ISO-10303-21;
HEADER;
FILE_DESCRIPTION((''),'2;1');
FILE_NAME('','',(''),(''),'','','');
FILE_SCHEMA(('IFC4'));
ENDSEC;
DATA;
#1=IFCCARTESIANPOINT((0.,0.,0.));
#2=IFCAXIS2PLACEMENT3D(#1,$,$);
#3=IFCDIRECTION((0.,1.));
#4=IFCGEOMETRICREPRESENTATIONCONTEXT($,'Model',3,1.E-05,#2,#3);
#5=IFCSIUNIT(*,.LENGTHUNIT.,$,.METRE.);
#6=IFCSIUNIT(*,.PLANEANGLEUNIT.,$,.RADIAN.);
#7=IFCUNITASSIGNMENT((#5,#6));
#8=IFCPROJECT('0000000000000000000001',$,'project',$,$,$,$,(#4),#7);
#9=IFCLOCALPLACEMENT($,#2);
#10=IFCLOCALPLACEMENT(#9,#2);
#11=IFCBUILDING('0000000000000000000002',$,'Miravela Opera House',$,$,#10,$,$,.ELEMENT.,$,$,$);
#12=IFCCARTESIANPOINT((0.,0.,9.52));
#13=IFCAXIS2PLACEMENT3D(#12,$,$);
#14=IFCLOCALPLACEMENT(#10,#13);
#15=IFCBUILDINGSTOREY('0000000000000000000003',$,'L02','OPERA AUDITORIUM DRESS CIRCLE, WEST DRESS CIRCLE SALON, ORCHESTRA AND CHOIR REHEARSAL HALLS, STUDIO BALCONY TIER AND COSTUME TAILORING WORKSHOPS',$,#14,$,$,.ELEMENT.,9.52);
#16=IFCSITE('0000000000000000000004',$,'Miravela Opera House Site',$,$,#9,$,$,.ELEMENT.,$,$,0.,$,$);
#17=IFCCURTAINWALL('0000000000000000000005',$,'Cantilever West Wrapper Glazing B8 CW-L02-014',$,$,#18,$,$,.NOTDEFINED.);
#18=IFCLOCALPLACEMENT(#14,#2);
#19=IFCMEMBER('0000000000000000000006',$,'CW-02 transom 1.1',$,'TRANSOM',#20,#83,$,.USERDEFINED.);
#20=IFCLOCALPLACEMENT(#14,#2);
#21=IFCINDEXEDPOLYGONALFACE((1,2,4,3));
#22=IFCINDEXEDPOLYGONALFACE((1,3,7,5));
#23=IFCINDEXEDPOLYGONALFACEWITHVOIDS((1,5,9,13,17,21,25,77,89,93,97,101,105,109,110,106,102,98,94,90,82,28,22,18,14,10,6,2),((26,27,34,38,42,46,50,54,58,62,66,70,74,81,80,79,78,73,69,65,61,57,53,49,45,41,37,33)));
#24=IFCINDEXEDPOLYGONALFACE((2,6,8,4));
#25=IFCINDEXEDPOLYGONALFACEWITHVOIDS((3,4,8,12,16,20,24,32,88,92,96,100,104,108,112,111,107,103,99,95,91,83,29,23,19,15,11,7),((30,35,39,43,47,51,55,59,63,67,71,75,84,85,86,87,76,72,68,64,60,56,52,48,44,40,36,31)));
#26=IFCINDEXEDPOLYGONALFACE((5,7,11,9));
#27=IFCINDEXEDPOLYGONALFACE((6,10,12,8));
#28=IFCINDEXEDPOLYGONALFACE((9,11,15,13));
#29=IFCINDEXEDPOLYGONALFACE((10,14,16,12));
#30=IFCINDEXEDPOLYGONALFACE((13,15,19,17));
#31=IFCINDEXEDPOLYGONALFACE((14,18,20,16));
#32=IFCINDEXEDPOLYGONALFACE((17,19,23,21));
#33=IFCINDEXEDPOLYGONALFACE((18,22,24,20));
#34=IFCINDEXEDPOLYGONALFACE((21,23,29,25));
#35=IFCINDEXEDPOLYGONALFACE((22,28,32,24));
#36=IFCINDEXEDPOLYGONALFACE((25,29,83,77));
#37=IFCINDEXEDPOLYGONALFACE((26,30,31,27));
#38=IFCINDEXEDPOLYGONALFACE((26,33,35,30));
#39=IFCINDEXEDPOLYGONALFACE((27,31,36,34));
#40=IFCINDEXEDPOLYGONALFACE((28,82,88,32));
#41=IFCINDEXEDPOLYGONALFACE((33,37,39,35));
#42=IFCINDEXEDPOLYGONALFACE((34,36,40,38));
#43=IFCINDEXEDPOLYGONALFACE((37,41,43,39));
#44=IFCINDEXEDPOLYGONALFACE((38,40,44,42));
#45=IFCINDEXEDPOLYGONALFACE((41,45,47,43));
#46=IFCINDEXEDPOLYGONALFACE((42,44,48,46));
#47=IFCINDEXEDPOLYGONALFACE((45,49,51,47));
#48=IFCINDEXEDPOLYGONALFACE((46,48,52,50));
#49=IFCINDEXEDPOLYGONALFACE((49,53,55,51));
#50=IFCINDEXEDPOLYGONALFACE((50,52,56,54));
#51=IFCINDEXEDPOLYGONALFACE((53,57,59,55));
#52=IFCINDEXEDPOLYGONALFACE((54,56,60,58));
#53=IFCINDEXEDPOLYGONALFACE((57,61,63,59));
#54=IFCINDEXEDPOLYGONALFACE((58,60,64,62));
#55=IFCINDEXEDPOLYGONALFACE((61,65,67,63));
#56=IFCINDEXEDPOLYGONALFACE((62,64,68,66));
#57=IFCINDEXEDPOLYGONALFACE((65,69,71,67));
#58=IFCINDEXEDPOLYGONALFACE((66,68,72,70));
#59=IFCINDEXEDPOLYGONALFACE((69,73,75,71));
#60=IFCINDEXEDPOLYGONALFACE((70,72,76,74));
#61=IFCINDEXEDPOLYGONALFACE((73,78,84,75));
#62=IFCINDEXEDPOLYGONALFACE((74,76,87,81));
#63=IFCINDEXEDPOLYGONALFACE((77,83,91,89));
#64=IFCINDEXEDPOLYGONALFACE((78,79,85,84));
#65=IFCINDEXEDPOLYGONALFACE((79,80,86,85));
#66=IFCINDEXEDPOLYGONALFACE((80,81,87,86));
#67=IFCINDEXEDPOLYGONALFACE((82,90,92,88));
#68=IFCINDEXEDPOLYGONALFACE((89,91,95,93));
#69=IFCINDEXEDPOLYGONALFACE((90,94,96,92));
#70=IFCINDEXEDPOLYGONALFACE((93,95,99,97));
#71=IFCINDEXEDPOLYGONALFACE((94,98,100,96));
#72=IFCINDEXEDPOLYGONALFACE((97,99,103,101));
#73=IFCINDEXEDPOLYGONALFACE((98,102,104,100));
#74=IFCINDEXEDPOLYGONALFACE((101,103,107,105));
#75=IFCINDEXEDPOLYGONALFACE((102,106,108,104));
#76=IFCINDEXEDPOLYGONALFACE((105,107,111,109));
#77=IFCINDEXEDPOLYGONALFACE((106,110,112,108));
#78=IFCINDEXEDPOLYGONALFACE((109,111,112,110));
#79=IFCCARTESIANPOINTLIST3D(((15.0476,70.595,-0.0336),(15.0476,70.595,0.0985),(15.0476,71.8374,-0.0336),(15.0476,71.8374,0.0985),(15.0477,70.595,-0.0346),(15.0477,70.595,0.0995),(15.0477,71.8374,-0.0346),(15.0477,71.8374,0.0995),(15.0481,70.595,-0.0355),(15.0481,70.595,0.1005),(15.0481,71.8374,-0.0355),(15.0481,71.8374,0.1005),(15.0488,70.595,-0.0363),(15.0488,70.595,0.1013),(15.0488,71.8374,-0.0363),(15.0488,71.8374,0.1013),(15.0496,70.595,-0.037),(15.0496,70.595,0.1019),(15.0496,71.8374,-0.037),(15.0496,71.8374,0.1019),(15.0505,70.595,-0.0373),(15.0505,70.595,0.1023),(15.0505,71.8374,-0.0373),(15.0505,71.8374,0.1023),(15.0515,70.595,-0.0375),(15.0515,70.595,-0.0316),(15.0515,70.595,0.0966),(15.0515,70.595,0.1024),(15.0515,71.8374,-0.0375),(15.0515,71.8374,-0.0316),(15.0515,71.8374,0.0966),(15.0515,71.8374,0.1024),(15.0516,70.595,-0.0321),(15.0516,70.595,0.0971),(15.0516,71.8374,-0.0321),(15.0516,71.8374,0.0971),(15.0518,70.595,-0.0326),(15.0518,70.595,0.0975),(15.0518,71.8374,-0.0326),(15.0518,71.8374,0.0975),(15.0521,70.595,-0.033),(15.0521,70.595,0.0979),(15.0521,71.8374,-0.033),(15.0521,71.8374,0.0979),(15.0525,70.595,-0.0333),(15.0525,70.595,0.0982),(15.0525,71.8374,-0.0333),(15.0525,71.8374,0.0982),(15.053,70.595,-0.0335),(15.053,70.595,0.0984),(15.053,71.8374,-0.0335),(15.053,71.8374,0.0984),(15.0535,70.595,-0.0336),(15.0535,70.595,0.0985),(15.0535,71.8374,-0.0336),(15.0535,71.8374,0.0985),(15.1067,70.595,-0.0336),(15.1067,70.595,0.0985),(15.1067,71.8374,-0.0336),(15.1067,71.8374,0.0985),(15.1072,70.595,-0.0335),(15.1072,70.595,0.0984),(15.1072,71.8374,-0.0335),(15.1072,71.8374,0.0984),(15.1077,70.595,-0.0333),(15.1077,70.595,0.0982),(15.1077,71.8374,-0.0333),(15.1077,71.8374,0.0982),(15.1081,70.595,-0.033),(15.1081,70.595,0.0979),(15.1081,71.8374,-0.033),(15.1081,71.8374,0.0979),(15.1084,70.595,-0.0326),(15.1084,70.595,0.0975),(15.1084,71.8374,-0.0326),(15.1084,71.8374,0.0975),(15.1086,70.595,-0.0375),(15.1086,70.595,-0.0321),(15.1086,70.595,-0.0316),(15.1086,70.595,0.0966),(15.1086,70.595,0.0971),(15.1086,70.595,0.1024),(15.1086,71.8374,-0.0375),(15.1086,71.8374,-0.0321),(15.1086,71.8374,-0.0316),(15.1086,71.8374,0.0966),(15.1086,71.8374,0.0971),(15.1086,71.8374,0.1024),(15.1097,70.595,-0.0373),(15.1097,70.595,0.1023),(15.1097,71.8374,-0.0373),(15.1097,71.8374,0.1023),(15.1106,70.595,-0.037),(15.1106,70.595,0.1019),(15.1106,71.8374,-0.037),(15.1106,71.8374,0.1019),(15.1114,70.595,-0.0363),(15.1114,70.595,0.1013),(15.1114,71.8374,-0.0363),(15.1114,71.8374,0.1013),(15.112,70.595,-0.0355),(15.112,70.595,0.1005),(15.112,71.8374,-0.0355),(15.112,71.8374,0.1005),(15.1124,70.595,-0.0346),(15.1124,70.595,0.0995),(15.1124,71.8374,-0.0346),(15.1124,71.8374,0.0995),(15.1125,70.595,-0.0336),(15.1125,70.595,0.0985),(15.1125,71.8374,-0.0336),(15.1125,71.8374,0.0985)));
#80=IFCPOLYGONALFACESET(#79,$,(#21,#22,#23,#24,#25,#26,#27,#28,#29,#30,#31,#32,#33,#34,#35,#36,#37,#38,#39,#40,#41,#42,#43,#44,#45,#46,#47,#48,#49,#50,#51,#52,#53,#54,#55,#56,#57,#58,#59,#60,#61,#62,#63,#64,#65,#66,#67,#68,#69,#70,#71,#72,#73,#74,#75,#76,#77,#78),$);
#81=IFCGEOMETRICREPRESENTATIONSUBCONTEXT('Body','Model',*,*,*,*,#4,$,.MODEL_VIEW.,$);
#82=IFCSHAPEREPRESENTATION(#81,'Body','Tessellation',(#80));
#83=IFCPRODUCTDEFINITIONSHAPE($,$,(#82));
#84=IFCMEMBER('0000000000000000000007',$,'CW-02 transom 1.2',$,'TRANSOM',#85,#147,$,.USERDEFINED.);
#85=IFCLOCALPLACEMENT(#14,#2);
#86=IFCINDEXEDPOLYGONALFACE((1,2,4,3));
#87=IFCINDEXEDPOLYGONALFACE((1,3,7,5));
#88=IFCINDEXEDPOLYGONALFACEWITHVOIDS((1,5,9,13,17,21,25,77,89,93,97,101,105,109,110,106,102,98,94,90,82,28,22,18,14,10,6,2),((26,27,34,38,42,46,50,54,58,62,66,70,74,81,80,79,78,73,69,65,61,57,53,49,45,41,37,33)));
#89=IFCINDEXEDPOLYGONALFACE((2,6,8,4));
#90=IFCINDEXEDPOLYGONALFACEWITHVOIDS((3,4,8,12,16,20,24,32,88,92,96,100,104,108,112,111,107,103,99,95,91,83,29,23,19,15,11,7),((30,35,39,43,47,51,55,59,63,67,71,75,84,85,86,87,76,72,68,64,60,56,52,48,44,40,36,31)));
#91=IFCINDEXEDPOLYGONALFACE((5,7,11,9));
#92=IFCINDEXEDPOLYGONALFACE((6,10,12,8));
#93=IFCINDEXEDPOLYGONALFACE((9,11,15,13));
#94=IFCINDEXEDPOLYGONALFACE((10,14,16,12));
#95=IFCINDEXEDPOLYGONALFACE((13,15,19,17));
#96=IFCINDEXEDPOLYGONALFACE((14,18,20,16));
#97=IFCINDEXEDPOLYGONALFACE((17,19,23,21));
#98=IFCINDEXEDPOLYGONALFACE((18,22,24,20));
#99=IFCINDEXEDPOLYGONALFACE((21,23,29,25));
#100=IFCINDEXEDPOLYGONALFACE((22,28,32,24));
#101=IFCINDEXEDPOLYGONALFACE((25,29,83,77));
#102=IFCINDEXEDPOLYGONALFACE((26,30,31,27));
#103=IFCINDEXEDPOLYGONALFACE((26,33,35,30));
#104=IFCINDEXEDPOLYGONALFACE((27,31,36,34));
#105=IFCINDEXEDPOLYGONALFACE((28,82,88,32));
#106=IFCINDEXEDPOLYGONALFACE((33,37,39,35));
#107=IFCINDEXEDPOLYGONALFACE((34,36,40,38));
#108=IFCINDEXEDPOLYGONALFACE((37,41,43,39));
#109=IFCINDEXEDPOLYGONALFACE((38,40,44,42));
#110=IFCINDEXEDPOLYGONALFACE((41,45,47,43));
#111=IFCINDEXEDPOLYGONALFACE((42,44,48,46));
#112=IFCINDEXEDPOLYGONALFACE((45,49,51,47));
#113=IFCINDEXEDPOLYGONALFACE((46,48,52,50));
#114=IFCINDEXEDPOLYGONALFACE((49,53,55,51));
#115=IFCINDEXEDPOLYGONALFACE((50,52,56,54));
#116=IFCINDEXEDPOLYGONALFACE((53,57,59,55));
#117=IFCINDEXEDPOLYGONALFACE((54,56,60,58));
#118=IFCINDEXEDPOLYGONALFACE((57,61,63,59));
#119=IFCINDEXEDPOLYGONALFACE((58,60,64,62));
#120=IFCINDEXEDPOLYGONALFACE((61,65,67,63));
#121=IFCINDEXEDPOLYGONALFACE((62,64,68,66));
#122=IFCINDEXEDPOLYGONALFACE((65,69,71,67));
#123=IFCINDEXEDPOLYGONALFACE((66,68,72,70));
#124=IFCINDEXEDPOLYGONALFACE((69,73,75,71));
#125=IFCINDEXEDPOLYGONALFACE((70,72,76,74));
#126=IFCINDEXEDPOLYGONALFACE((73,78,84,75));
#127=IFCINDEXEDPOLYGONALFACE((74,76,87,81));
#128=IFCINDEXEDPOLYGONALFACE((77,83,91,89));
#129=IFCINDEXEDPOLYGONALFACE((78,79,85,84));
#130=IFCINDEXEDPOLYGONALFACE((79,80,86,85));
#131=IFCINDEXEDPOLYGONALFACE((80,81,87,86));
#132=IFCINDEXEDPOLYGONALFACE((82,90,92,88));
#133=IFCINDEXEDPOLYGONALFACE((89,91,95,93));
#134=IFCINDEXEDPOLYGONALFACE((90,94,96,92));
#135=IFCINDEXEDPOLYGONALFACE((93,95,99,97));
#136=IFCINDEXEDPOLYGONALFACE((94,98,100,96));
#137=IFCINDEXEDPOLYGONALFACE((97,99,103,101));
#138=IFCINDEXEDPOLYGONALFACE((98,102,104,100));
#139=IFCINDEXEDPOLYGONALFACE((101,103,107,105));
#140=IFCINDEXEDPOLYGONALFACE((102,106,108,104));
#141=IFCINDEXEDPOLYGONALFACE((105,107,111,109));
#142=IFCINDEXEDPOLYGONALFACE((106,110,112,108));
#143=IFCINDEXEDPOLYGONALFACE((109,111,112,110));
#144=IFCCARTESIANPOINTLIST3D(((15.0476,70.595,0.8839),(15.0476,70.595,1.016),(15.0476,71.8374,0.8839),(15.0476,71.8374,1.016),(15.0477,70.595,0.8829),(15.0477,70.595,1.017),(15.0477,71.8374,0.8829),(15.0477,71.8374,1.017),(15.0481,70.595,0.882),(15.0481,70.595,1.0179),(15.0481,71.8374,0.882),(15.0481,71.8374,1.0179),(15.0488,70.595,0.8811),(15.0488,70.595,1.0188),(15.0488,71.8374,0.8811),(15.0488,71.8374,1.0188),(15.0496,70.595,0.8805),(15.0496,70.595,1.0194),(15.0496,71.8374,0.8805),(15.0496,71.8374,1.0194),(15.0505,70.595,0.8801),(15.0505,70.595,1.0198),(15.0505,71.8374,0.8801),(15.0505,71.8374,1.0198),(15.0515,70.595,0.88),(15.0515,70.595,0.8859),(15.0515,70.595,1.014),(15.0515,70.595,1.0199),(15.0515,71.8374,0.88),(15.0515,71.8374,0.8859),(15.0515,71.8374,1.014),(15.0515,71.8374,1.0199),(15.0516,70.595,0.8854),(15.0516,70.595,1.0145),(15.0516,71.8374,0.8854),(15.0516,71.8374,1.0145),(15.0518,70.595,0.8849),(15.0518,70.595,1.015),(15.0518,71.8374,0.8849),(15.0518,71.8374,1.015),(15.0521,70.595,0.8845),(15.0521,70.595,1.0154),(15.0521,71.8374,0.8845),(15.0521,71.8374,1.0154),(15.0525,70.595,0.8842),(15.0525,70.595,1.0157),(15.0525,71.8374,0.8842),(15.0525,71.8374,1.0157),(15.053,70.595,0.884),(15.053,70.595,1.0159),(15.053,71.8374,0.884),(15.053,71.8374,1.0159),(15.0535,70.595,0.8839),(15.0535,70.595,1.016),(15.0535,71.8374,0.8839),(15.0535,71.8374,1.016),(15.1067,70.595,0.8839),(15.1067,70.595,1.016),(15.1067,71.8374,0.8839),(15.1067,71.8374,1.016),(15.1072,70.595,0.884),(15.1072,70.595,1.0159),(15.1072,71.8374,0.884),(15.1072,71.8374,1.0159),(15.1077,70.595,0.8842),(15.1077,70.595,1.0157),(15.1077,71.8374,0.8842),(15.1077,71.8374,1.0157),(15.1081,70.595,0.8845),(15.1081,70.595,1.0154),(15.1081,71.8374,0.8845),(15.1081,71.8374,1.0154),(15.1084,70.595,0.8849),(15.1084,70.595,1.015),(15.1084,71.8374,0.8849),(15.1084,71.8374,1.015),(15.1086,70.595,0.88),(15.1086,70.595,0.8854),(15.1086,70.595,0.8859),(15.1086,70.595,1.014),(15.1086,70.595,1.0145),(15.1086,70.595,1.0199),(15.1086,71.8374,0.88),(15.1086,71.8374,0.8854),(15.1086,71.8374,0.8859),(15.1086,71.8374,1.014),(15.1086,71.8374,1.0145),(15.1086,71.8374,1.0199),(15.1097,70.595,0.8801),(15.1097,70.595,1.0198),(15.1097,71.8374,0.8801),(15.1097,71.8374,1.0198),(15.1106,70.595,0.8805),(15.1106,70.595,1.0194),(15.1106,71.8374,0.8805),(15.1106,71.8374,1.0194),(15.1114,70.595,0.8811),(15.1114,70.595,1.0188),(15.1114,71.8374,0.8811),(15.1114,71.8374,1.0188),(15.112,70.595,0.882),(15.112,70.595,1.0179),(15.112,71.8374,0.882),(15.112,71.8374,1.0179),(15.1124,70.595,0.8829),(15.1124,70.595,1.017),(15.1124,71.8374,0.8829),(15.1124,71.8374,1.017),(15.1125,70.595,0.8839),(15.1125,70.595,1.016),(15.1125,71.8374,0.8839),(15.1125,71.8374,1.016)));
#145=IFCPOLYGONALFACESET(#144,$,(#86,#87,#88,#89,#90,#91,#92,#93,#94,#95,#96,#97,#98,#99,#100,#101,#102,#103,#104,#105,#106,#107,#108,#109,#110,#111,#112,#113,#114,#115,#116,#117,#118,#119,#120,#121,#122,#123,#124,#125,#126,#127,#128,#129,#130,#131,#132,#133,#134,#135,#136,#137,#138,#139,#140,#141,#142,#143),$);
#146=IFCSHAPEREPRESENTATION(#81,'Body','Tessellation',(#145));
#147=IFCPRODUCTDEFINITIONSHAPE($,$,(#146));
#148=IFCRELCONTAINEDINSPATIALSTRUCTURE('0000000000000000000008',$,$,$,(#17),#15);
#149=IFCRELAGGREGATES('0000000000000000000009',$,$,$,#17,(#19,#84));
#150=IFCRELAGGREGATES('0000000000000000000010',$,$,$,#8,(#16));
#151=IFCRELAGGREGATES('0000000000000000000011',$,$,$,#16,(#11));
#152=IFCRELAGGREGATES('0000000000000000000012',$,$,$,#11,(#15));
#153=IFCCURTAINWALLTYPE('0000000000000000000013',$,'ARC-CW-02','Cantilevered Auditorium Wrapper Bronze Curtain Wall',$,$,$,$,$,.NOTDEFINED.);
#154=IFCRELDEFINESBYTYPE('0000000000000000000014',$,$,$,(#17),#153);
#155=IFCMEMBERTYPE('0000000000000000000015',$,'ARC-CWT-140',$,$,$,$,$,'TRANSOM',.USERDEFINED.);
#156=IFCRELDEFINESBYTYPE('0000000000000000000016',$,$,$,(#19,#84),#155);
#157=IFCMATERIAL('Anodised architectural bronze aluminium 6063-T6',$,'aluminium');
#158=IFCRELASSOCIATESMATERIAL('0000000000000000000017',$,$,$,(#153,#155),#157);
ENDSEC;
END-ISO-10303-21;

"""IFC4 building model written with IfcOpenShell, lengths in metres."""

from ifc_helpers import new_model, si_unit, direction, frame, origin, origin_2d, place, context, subcontext, project, spatial, hollow_rectangle, extrude, material, material_profile, profile_set, type_object, element, aggregate, save


model = new_model("IFC4")

# Units and contexts
model_context = context("Model", 3, precision=1e-05, world=origin(), true_north=direction((0.0, 1.0)))
body_context = subcontext(model_context, "Body", "Model", "MODEL_VIEW")
ifc_project = project(units=[si_unit("LENGTHUNIT", "METRE"), si_unit("PLANEANGLEUNIT", "RADIAN")], contexts=[model_context])

# Site, building, storey
site_placement = place(None, origin())
site = spatial("IfcSite", under=ifc_project, at=site_placement, Name="Miravela Opera House Site", CompositionType="ELEMENT", RefElevation=0.0)
building_placement = place(site_placement, origin())
building = spatial("IfcBuilding", under=site, at=building_placement, Name="Miravela Opera House", CompositionType="ELEMENT")
storey_placement = place(building_placement, frame((0.0, 0.0, 9.52)))
storey = spatial("IfcBuildingStorey", under=building, at=storey_placement, Name="L02", Description="OPERA AUDITORIUM DRESS CIRCLE, WEST DRESS CIRCLE SALON, ORCHESTRA AND CHOIR REHEARSAL HALLS, STUDIO BALCONY TIER AND COSTUME TAILORING WORKSHOPS", CompositionType="ELEMENT", Elevation=9.52)

# Shared definitions
ifc_material_1 = material(Name="Anodised architectural bronze aluminium 6063-T6", Category="aluminium")
curtain_wall_type = type_object("IfcCurtainWallType", Name="ARC-CW-02", Description="Cantilevered Auditorium Wrapper Bronze Curtain Wall", PredefinedType="NOTDEFINED", material=ifc_material_1)

# Curtain wall, members
curtain_wall_1_placement = place(storey_placement, origin())
curtain_wall_1 = element("IfcCurtainWall", 1, at=curtain_wall_1_placement, inside=storey, type_object=curtain_wall_type, Name="Cantilever West Wrapper Glazing B8 CW-L02-014", PredefinedType="NOTDEFINED")
ifc_material_profile_1 = material_profile(ifc_material_1, hollow_rectangle(XDim=0.0649, YDim=0.1399, WallThickness=0.0039, InnerFilletRadius=0.002, OuterFilletRadius=0.0039, at=origin_2d()), Name="CWT-65X140")
ifc_profile_set_1 = profile_set([ifc_material_profile_1])
member_type_1 = type_object("IfcMemberType", Name="ARC-CWT-140", ElementType="TRANSOM", PredefinedType="USERDEFINED", material=ifc_profile_set_1)
member_1_placement = place(storey_placement, frame((15.0801, 70.595, 0.0325), z_axis=(0.0, 1.0, 0.0), x_axis=(-1.0, 0.0, 0.0)))
member_1 = element("IfcMember", 2, at=member_1_placement, type_object=member_type_1, Name="CW-02 transom 1.1", ObjectType="TRANSOM", PredefinedType="USERDEFINED", context=body_context, shape_type="SweptSolid", body=[
    extrude(hollow_rectangle(XDim=0.0649, YDim=0.1399, WallThickness=0.0039, InnerFilletRadius=0.002, OuterFilletRadius=0.0039, at=origin_2d()), origin(), (0.0, 0.0, 1.0), 1.2424),
])
member_2_placement = place(storey_placement, frame((15.0801, 70.595, 0.95), z_axis=(0.0, 1.0, 0.0), x_axis=(-1.0, 0.0, 0.0)))
member_2 = element("IfcMember", 3, at=member_2_placement, type_object=member_type_1, Name="CW-02 transom 1.2", ObjectType="TRANSOM", PredefinedType="USERDEFINED", context=body_context, shape_type="SweptSolid", body=[
    extrude(hollow_rectangle(XDim=0.0649, YDim=0.1399, WallThickness=0.0039, InnerFilletRadius=0.002, OuterFilletRadius=0.0039, at=origin_2d()), origin(), (0.0, 0.0, 1.0), 1.2424),
])

aggregate(curtain_wall_1, [member_1, member_2])

save(model, "model.ifc")
